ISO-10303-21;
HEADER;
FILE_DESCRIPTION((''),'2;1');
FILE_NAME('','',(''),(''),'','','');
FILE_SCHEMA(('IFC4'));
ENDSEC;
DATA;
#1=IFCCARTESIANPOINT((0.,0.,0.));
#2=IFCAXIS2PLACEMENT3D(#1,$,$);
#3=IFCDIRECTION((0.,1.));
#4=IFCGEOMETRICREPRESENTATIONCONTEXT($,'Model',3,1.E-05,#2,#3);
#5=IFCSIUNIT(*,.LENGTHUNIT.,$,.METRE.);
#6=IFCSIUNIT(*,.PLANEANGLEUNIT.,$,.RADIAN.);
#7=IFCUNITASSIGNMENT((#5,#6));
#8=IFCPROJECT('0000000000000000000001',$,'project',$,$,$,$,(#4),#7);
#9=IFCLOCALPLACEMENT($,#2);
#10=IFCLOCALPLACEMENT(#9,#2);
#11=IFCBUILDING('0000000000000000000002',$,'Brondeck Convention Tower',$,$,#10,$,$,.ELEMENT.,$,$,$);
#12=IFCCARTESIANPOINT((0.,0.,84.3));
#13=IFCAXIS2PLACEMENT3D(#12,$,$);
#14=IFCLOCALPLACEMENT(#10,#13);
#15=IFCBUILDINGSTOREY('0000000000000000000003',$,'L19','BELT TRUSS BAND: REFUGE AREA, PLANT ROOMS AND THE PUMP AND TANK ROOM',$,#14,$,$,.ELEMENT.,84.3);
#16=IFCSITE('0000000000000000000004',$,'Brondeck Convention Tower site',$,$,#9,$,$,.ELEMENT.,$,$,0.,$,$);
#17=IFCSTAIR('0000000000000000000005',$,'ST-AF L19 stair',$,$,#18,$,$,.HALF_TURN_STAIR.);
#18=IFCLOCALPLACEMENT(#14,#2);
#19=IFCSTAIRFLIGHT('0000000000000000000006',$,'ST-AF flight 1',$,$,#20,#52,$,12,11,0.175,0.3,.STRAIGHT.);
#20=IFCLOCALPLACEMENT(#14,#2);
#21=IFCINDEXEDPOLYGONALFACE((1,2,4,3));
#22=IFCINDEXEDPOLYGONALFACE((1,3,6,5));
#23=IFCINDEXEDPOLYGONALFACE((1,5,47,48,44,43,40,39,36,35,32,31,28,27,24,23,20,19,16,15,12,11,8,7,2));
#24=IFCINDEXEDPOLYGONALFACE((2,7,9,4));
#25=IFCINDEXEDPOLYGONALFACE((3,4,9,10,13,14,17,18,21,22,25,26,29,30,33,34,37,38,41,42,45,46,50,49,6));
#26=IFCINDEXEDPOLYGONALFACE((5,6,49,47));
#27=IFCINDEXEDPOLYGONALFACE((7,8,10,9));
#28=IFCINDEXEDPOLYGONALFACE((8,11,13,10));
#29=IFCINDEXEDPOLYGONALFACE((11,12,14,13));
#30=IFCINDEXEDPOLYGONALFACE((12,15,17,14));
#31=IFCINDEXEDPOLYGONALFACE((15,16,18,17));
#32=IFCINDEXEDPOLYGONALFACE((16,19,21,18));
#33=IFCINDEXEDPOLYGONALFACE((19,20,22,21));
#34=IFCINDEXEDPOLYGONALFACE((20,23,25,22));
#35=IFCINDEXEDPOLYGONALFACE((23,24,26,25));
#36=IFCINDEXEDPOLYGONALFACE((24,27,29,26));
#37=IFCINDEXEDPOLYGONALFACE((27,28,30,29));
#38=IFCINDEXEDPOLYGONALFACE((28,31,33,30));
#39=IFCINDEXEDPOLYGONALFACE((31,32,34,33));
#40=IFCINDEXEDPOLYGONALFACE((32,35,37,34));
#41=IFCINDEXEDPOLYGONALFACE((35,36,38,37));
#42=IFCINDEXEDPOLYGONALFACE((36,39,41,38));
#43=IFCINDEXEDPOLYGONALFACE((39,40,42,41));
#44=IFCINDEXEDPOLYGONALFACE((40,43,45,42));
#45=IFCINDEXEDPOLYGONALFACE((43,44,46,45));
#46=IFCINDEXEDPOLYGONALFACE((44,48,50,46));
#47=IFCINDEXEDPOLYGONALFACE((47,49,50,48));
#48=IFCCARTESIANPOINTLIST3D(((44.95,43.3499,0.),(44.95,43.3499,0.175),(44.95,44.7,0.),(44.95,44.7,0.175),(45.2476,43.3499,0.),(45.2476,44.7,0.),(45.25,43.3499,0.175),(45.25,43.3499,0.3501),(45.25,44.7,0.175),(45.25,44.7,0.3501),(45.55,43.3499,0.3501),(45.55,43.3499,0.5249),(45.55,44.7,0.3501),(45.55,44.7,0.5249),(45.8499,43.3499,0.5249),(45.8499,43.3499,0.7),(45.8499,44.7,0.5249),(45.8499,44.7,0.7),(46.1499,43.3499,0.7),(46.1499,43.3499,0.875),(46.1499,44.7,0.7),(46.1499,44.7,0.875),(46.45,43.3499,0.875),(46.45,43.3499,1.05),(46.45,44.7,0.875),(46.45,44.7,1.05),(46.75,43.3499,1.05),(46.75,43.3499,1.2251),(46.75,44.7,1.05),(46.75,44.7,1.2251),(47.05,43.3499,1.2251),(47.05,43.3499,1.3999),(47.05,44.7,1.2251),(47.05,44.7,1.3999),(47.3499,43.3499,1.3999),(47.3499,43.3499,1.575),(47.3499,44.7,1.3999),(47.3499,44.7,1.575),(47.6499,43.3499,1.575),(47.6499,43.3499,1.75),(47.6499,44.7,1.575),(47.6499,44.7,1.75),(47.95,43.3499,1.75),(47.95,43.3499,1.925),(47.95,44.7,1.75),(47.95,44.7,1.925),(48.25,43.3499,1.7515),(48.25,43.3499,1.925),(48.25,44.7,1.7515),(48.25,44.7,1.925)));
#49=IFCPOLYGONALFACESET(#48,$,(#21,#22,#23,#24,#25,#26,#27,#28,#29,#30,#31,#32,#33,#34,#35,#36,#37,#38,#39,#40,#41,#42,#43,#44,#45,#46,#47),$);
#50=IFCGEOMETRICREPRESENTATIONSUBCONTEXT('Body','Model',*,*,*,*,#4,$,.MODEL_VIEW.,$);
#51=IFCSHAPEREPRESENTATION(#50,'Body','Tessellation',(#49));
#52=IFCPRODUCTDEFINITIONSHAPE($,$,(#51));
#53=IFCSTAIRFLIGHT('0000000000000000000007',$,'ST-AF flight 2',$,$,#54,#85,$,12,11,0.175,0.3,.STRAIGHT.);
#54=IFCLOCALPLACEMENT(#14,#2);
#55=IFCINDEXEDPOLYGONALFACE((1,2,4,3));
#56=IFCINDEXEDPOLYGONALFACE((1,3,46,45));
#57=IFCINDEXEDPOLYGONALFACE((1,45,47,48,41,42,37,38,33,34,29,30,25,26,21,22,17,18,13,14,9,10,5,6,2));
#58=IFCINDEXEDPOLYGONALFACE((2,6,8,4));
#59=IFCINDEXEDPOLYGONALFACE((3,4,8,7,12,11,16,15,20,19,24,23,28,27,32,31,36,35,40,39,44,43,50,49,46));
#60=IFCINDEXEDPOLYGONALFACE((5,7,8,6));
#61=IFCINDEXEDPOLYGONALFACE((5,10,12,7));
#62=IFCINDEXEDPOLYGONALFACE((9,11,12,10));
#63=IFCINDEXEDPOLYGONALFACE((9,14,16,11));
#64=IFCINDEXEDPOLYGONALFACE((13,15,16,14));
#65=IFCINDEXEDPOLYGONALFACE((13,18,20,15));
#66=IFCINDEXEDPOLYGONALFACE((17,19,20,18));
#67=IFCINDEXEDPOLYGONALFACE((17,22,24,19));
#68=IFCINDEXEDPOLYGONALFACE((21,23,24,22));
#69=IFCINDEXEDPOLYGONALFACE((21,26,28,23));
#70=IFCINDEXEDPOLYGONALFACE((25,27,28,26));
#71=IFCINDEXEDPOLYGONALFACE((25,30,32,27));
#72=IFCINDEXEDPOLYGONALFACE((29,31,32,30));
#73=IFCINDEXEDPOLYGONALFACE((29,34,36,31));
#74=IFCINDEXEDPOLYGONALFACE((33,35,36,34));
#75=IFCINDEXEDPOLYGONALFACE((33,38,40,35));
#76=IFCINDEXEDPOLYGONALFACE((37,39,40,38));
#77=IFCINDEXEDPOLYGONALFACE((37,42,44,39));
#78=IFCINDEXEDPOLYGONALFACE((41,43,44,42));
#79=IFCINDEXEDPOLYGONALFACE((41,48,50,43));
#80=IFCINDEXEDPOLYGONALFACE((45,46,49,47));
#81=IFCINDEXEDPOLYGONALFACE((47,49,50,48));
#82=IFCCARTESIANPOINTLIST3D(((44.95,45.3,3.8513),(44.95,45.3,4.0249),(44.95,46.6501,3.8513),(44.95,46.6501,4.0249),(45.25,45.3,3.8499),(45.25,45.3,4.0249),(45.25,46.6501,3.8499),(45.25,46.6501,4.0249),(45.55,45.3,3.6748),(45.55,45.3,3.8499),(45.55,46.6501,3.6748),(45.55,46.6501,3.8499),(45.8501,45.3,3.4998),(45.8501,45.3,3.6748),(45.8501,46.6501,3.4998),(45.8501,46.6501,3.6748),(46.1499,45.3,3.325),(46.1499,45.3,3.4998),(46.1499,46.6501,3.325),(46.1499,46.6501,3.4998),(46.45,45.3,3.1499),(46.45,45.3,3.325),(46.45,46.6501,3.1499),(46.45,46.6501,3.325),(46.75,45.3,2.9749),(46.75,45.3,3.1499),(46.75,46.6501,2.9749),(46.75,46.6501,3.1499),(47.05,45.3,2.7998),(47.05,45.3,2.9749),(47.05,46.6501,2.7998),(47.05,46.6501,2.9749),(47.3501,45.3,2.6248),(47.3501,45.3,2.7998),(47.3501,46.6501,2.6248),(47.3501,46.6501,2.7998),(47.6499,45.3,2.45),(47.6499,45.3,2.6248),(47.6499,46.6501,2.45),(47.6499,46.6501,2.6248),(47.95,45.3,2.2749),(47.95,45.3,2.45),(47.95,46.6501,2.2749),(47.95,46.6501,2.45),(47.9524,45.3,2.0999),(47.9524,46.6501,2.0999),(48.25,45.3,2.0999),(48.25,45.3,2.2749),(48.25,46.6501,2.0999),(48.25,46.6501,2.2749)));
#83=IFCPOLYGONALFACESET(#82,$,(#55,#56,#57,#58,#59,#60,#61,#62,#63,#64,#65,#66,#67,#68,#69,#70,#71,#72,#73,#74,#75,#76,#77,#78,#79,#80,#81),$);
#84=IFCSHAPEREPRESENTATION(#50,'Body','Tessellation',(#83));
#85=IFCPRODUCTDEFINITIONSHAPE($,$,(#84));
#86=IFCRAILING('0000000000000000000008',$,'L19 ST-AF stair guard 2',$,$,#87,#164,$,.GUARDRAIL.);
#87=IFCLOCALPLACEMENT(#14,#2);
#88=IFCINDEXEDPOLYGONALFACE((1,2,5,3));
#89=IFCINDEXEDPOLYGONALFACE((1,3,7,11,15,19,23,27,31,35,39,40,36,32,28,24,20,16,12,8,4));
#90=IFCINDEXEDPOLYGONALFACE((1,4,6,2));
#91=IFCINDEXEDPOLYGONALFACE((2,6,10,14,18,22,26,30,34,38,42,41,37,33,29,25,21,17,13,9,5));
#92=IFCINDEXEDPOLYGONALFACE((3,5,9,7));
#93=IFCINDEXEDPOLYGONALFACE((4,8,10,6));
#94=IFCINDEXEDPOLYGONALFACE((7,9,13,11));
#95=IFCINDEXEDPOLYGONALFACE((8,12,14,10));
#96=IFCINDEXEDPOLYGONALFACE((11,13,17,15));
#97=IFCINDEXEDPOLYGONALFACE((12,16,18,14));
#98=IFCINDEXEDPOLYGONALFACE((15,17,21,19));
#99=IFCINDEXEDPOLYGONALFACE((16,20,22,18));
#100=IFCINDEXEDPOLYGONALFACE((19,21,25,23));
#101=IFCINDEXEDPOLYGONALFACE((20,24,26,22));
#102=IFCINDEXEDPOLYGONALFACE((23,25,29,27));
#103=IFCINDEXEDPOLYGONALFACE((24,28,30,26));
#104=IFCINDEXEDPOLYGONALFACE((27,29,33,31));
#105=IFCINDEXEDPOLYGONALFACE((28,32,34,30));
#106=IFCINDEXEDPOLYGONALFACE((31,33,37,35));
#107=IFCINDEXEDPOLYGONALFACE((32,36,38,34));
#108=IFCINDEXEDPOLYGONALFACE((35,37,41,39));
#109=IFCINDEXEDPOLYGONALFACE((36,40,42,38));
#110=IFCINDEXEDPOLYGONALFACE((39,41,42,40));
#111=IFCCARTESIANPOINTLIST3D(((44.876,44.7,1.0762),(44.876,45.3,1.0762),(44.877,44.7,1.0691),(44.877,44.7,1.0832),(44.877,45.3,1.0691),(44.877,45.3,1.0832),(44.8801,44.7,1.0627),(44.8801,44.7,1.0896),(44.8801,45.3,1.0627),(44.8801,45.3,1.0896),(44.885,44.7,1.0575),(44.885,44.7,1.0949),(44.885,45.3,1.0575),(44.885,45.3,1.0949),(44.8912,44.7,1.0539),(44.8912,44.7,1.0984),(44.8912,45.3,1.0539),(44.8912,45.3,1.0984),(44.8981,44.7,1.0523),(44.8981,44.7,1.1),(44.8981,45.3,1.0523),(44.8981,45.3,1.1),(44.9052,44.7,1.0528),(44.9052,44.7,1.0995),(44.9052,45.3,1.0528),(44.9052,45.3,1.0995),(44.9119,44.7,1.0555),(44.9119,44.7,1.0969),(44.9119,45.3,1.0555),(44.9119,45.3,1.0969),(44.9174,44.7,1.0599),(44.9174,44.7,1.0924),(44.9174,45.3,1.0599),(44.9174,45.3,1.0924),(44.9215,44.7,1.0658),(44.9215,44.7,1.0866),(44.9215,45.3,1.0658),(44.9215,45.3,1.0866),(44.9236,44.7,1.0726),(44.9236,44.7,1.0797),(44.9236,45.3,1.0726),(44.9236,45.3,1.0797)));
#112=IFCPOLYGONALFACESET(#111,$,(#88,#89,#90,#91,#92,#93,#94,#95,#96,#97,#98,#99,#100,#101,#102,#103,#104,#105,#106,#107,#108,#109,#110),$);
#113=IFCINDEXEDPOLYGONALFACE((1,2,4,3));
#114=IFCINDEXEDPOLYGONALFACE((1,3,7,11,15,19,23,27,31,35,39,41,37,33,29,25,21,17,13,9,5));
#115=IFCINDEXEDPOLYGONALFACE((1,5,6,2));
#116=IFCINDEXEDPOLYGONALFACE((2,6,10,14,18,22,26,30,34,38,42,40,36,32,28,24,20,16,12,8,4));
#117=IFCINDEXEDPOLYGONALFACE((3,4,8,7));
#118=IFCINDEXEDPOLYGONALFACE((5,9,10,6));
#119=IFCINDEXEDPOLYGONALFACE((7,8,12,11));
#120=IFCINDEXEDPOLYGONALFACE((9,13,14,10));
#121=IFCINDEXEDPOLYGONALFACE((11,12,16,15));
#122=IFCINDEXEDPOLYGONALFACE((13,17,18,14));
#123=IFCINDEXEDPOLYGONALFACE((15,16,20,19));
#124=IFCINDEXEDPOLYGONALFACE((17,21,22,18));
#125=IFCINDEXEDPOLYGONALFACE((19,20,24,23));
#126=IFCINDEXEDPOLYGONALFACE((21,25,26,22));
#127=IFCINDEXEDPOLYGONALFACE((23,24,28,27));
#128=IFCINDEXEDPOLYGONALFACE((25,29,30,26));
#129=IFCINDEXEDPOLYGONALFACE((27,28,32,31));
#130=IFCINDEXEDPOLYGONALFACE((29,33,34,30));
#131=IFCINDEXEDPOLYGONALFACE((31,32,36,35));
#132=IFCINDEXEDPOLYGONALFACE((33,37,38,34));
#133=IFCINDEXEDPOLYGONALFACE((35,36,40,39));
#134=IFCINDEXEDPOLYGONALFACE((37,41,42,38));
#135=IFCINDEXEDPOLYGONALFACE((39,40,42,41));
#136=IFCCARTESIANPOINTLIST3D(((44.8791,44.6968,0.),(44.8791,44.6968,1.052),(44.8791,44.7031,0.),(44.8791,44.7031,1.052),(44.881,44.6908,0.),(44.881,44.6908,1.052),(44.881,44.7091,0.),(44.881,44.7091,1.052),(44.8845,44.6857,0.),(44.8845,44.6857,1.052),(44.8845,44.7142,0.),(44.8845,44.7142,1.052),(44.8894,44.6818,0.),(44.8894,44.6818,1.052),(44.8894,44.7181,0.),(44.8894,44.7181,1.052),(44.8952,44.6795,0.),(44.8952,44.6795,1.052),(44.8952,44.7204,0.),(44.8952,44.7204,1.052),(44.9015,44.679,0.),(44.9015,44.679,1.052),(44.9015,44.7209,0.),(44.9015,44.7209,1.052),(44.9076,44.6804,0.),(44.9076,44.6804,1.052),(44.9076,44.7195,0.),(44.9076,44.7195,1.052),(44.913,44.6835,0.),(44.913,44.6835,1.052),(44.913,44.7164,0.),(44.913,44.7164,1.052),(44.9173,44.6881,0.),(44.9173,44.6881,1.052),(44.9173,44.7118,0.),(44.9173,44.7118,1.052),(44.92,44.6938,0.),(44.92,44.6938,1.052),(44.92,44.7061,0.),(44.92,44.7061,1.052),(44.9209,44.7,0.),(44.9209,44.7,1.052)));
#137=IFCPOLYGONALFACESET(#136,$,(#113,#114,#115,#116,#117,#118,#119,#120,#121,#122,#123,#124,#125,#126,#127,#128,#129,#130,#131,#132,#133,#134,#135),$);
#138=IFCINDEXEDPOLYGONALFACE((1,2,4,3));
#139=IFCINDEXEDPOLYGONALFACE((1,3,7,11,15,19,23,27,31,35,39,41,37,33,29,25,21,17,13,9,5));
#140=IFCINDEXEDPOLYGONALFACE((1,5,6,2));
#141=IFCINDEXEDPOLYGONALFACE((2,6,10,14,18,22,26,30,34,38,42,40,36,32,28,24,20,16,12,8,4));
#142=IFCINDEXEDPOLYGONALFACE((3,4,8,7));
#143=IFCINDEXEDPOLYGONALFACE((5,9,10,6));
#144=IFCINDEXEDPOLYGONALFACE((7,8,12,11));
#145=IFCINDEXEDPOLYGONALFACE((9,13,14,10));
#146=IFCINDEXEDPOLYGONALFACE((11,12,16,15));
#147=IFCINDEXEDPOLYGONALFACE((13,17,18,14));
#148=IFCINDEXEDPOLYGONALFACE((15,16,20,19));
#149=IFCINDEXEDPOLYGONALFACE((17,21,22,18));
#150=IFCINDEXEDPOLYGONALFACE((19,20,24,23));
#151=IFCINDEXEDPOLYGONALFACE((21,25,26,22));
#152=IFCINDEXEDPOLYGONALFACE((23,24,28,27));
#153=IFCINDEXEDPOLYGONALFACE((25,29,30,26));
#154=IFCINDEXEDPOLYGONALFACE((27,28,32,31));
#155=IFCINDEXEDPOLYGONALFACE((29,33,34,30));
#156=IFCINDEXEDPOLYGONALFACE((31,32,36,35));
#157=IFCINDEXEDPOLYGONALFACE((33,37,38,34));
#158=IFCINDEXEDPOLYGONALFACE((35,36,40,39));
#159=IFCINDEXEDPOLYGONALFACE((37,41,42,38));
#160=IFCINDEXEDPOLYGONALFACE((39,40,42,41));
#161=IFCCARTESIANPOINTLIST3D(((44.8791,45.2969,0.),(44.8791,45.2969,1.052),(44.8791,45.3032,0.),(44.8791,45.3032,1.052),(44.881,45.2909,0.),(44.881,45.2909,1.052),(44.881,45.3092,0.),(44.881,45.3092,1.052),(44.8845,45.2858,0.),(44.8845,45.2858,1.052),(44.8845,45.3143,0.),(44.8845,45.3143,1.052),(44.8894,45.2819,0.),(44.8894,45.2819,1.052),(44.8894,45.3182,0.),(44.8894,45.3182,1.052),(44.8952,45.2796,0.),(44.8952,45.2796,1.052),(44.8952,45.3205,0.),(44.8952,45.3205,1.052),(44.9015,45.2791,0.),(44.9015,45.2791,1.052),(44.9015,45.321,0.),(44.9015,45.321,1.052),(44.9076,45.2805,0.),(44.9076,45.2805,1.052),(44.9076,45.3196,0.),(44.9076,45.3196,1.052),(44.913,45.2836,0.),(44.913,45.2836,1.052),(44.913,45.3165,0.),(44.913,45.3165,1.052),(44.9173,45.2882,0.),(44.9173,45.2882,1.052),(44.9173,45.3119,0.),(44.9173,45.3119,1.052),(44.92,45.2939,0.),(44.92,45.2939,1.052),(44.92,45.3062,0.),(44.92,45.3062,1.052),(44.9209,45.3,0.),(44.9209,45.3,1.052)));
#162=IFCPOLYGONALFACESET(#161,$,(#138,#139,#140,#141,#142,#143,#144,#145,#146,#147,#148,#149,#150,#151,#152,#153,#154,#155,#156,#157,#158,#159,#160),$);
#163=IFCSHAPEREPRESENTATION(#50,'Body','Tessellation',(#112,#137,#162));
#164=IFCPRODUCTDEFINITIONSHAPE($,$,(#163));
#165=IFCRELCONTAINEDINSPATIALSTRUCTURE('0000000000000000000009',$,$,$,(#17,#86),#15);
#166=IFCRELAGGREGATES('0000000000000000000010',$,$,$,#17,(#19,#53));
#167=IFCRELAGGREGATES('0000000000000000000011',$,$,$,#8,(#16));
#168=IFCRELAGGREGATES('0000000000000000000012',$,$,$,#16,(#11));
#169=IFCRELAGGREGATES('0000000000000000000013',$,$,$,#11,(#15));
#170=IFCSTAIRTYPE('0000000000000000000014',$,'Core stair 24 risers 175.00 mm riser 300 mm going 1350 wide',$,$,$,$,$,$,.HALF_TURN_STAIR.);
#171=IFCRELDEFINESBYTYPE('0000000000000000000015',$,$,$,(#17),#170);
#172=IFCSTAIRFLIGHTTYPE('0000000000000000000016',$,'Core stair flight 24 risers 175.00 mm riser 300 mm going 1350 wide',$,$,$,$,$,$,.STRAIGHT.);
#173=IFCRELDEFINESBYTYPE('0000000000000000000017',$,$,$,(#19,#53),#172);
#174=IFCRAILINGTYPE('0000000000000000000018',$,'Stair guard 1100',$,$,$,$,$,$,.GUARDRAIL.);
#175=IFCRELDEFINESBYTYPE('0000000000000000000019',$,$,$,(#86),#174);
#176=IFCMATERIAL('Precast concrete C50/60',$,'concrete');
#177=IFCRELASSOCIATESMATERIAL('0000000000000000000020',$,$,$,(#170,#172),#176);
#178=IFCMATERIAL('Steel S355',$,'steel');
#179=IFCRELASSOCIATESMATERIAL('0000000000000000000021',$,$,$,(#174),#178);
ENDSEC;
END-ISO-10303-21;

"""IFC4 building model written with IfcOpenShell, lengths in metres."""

from ifc_helpers import new_model, si_unit, direction, frame, origin, origin_2d, place, context, subcontext, project, spatial, polyline, circle, outline, extrude, material, type_object, element, aggregate, save


model = new_model("IFC4")

# Units and contexts
model_context = context("Model", 3, precision=1e-05, world=origin(), true_north=direction((0.0, 1.0)))
body_context = subcontext(model_context, "Body", "Model", "MODEL_VIEW")
ifc_project = project(units=[si_unit("LENGTHUNIT", "METRE"), si_unit("PLANEANGLEUNIT", "RADIAN")], contexts=[model_context])

# Site, building, storey
site_placement = place(None, origin())
site = spatial("IfcSite", under=ifc_project, at=site_placement, Name="Brondeck Convention Tower site", CompositionType="ELEMENT", RefElevation=0.0)
building_placement = place(site_placement, origin())
building = spatial("IfcBuilding", under=site, at=building_placement, Name="Brondeck Convention Tower", CompositionType="ELEMENT")
storey_placement = place(building_placement, frame((0.0, 0.0, 84.3)))
storey = spatial("IfcBuildingStorey", under=building, at=storey_placement, Name="L19", Description="BELT TRUSS BAND: REFUGE AREA, PLANT ROOMS AND THE PUMP AND TANK ROOM", CompositionType="ELEMENT", Elevation=84.3)

# Shared definitions
ifc_material_1 = material(Name="Steel S355", Category="steel")

# Shared definitions
ifc_material_2 = material(Name="Precast concrete C50/60", Category="concrete")
stair_type = type_object("IfcStairType", Name="Core stair 24 risers 175.00 mm riser 300 mm going 1350 wide", PredefinedType="HALF_TURN_STAIR", material=ifc_material_2)
stair_flight_type = type_object("IfcStairFlightType", Name="Core stair flight 24 risers 175.00 mm riser 300 mm going 1350 wide", PredefinedType="STRAIGHT", material=ifc_material_2)

# Stair, stair flights
stair_1_placement = place(storey_placement, origin())
stair_1 = element("IfcStair", 1, at=stair_1_placement, inside=storey, type_object=stair_type, Name="ST-AF L19 stair", PredefinedType="HALF_TURN_STAIR")
stair_flight_1_placement = place(storey_placement, frame((44.95, 44.0249, 0.0), z_axis=(0.0, 0.0, 1.0), x_axis=(1.0, 0.0, 0.0)))
stair_flight_1 = element("IfcStairFlight", 2, at=stair_flight_1_placement, type_object=stair_flight_type, Name="ST-AF flight 1", NumberOfRisers=12, NumberOfTreads=11, PredefinedType="STRAIGHT", RiserHeight=0.175, TreadLength=0.3, context=body_context, shape_type="SweptSolid", body=[
    extrude(outline(polyline([(0.0, 0.0), (0.0, 0.175), (0.3, 0.175), (0.3, 0.3501), (0.6001, 0.3501), (0.6001, 0.5249), (0.8999, 0.5249), (0.8999, 0.7), (1.2, 0.7), (1.2, 0.875), (1.5, 0.875), (1.5, 1.05), (1.8, 1.05), (1.8, 1.2251), (2.1001, 1.2251), (2.1001, 1.3999), (2.3999, 1.3999), (2.3999, 1.575), (2.7, 1.575), (2.7, 1.75), (3.0, 1.75), (3.0, 1.925), (3.3, 1.925), (3.3, 2.1001), (3.3, 1.7515), (0.2976, 0.0), (0.0, 0.0)])), frame((0.0, 0.675, 0.0), z_axis=(0.0, -1.0, 0.0), x_axis=(1.0, 0.0, 0.0)), (0.0, 0.0, 1.0), 1.3501),
])
stair_flight_2_placement = place(storey_placement, frame((48.25, 45.9751, 2.0999), z_axis=(0.0, 0.0, 1.0), x_axis=(-1.0, 0.0, 0.0)))
stair_flight_2 = element("IfcStairFlight", 3, at=stair_flight_2_placement, type_object=stair_flight_type, Name="ST-AF flight 2", NumberOfRisers=12, NumberOfTreads=11, PredefinedType="STRAIGHT", RiserHeight=0.175, TreadLength=0.3, context=body_context, shape_type="SweptSolid", body=[
    extrude(outline(polyline([(0.0, 0.0), (0.0, 0.175), (0.3, 0.175), (0.3, 0.3501), (0.6001, 0.3501), (0.6001, 0.5249), (0.8999, 0.5249), (0.8999, 0.7), (1.2, 0.7), (1.2, 0.875), (1.5, 0.875), (1.5, 1.05), (1.8, 1.05), (1.8, 1.2251), (2.1001, 1.2251), (2.1001, 1.3999), (2.3999, 1.3999), (2.3999, 1.575), (2.7, 1.575), (2.7, 1.75), (3.0, 1.75), (3.0, 1.925), (3.3, 1.925), (3.3, 2.1001), (3.3, 1.7515), (0.2976, 0.0), (0.0, 0.0)])), frame((0.0, 0.675, 0.0), z_axis=(0.0, -1.0, 0.0), x_axis=(1.0, 0.0, 0.0)), (0.0, 0.0, 1.0), 1.3501),
])
aggregate(stair_1, [stair_flight_1, stair_flight_2])

# Railing
railing_type_1 = type_object("IfcRailingType", Name="Stair guard 1100", PredefinedType="GUARDRAIL", material=ifc_material_1)
railing_1_placement = place(storey_placement, frame((44.8999, 44.7, 0.0)))
element("IfcRailing", 4, at=railing_1_placement, inside=storey, type_object=railing_type_1, Name="L19 ST-AF stair guard 2", PredefinedType="GUARDRAIL", context=body_context, shape_type="SweptSolid", body=[
    extrude(circle(Radius=0.0239, at=origin_2d()), frame((0.0, 0.0, 1.0762), z_axis=(0.0, 1.0, 0.0), x_axis=(-1.0, 0.0, 0.0)), (0.0, 0.0, 1.0), 0.6001),
    extrude(circle(Radius=0.021, at=origin_2d()), origin(), (0.0, 0.0, 1.0), 1.052),
    extrude(circle(Radius=0.021, at=origin_2d()), frame((0.0, 0.6001, 0.0)), (0.0, 0.0, 1.0), 1.052),
])

save(model, "model.ifc")
